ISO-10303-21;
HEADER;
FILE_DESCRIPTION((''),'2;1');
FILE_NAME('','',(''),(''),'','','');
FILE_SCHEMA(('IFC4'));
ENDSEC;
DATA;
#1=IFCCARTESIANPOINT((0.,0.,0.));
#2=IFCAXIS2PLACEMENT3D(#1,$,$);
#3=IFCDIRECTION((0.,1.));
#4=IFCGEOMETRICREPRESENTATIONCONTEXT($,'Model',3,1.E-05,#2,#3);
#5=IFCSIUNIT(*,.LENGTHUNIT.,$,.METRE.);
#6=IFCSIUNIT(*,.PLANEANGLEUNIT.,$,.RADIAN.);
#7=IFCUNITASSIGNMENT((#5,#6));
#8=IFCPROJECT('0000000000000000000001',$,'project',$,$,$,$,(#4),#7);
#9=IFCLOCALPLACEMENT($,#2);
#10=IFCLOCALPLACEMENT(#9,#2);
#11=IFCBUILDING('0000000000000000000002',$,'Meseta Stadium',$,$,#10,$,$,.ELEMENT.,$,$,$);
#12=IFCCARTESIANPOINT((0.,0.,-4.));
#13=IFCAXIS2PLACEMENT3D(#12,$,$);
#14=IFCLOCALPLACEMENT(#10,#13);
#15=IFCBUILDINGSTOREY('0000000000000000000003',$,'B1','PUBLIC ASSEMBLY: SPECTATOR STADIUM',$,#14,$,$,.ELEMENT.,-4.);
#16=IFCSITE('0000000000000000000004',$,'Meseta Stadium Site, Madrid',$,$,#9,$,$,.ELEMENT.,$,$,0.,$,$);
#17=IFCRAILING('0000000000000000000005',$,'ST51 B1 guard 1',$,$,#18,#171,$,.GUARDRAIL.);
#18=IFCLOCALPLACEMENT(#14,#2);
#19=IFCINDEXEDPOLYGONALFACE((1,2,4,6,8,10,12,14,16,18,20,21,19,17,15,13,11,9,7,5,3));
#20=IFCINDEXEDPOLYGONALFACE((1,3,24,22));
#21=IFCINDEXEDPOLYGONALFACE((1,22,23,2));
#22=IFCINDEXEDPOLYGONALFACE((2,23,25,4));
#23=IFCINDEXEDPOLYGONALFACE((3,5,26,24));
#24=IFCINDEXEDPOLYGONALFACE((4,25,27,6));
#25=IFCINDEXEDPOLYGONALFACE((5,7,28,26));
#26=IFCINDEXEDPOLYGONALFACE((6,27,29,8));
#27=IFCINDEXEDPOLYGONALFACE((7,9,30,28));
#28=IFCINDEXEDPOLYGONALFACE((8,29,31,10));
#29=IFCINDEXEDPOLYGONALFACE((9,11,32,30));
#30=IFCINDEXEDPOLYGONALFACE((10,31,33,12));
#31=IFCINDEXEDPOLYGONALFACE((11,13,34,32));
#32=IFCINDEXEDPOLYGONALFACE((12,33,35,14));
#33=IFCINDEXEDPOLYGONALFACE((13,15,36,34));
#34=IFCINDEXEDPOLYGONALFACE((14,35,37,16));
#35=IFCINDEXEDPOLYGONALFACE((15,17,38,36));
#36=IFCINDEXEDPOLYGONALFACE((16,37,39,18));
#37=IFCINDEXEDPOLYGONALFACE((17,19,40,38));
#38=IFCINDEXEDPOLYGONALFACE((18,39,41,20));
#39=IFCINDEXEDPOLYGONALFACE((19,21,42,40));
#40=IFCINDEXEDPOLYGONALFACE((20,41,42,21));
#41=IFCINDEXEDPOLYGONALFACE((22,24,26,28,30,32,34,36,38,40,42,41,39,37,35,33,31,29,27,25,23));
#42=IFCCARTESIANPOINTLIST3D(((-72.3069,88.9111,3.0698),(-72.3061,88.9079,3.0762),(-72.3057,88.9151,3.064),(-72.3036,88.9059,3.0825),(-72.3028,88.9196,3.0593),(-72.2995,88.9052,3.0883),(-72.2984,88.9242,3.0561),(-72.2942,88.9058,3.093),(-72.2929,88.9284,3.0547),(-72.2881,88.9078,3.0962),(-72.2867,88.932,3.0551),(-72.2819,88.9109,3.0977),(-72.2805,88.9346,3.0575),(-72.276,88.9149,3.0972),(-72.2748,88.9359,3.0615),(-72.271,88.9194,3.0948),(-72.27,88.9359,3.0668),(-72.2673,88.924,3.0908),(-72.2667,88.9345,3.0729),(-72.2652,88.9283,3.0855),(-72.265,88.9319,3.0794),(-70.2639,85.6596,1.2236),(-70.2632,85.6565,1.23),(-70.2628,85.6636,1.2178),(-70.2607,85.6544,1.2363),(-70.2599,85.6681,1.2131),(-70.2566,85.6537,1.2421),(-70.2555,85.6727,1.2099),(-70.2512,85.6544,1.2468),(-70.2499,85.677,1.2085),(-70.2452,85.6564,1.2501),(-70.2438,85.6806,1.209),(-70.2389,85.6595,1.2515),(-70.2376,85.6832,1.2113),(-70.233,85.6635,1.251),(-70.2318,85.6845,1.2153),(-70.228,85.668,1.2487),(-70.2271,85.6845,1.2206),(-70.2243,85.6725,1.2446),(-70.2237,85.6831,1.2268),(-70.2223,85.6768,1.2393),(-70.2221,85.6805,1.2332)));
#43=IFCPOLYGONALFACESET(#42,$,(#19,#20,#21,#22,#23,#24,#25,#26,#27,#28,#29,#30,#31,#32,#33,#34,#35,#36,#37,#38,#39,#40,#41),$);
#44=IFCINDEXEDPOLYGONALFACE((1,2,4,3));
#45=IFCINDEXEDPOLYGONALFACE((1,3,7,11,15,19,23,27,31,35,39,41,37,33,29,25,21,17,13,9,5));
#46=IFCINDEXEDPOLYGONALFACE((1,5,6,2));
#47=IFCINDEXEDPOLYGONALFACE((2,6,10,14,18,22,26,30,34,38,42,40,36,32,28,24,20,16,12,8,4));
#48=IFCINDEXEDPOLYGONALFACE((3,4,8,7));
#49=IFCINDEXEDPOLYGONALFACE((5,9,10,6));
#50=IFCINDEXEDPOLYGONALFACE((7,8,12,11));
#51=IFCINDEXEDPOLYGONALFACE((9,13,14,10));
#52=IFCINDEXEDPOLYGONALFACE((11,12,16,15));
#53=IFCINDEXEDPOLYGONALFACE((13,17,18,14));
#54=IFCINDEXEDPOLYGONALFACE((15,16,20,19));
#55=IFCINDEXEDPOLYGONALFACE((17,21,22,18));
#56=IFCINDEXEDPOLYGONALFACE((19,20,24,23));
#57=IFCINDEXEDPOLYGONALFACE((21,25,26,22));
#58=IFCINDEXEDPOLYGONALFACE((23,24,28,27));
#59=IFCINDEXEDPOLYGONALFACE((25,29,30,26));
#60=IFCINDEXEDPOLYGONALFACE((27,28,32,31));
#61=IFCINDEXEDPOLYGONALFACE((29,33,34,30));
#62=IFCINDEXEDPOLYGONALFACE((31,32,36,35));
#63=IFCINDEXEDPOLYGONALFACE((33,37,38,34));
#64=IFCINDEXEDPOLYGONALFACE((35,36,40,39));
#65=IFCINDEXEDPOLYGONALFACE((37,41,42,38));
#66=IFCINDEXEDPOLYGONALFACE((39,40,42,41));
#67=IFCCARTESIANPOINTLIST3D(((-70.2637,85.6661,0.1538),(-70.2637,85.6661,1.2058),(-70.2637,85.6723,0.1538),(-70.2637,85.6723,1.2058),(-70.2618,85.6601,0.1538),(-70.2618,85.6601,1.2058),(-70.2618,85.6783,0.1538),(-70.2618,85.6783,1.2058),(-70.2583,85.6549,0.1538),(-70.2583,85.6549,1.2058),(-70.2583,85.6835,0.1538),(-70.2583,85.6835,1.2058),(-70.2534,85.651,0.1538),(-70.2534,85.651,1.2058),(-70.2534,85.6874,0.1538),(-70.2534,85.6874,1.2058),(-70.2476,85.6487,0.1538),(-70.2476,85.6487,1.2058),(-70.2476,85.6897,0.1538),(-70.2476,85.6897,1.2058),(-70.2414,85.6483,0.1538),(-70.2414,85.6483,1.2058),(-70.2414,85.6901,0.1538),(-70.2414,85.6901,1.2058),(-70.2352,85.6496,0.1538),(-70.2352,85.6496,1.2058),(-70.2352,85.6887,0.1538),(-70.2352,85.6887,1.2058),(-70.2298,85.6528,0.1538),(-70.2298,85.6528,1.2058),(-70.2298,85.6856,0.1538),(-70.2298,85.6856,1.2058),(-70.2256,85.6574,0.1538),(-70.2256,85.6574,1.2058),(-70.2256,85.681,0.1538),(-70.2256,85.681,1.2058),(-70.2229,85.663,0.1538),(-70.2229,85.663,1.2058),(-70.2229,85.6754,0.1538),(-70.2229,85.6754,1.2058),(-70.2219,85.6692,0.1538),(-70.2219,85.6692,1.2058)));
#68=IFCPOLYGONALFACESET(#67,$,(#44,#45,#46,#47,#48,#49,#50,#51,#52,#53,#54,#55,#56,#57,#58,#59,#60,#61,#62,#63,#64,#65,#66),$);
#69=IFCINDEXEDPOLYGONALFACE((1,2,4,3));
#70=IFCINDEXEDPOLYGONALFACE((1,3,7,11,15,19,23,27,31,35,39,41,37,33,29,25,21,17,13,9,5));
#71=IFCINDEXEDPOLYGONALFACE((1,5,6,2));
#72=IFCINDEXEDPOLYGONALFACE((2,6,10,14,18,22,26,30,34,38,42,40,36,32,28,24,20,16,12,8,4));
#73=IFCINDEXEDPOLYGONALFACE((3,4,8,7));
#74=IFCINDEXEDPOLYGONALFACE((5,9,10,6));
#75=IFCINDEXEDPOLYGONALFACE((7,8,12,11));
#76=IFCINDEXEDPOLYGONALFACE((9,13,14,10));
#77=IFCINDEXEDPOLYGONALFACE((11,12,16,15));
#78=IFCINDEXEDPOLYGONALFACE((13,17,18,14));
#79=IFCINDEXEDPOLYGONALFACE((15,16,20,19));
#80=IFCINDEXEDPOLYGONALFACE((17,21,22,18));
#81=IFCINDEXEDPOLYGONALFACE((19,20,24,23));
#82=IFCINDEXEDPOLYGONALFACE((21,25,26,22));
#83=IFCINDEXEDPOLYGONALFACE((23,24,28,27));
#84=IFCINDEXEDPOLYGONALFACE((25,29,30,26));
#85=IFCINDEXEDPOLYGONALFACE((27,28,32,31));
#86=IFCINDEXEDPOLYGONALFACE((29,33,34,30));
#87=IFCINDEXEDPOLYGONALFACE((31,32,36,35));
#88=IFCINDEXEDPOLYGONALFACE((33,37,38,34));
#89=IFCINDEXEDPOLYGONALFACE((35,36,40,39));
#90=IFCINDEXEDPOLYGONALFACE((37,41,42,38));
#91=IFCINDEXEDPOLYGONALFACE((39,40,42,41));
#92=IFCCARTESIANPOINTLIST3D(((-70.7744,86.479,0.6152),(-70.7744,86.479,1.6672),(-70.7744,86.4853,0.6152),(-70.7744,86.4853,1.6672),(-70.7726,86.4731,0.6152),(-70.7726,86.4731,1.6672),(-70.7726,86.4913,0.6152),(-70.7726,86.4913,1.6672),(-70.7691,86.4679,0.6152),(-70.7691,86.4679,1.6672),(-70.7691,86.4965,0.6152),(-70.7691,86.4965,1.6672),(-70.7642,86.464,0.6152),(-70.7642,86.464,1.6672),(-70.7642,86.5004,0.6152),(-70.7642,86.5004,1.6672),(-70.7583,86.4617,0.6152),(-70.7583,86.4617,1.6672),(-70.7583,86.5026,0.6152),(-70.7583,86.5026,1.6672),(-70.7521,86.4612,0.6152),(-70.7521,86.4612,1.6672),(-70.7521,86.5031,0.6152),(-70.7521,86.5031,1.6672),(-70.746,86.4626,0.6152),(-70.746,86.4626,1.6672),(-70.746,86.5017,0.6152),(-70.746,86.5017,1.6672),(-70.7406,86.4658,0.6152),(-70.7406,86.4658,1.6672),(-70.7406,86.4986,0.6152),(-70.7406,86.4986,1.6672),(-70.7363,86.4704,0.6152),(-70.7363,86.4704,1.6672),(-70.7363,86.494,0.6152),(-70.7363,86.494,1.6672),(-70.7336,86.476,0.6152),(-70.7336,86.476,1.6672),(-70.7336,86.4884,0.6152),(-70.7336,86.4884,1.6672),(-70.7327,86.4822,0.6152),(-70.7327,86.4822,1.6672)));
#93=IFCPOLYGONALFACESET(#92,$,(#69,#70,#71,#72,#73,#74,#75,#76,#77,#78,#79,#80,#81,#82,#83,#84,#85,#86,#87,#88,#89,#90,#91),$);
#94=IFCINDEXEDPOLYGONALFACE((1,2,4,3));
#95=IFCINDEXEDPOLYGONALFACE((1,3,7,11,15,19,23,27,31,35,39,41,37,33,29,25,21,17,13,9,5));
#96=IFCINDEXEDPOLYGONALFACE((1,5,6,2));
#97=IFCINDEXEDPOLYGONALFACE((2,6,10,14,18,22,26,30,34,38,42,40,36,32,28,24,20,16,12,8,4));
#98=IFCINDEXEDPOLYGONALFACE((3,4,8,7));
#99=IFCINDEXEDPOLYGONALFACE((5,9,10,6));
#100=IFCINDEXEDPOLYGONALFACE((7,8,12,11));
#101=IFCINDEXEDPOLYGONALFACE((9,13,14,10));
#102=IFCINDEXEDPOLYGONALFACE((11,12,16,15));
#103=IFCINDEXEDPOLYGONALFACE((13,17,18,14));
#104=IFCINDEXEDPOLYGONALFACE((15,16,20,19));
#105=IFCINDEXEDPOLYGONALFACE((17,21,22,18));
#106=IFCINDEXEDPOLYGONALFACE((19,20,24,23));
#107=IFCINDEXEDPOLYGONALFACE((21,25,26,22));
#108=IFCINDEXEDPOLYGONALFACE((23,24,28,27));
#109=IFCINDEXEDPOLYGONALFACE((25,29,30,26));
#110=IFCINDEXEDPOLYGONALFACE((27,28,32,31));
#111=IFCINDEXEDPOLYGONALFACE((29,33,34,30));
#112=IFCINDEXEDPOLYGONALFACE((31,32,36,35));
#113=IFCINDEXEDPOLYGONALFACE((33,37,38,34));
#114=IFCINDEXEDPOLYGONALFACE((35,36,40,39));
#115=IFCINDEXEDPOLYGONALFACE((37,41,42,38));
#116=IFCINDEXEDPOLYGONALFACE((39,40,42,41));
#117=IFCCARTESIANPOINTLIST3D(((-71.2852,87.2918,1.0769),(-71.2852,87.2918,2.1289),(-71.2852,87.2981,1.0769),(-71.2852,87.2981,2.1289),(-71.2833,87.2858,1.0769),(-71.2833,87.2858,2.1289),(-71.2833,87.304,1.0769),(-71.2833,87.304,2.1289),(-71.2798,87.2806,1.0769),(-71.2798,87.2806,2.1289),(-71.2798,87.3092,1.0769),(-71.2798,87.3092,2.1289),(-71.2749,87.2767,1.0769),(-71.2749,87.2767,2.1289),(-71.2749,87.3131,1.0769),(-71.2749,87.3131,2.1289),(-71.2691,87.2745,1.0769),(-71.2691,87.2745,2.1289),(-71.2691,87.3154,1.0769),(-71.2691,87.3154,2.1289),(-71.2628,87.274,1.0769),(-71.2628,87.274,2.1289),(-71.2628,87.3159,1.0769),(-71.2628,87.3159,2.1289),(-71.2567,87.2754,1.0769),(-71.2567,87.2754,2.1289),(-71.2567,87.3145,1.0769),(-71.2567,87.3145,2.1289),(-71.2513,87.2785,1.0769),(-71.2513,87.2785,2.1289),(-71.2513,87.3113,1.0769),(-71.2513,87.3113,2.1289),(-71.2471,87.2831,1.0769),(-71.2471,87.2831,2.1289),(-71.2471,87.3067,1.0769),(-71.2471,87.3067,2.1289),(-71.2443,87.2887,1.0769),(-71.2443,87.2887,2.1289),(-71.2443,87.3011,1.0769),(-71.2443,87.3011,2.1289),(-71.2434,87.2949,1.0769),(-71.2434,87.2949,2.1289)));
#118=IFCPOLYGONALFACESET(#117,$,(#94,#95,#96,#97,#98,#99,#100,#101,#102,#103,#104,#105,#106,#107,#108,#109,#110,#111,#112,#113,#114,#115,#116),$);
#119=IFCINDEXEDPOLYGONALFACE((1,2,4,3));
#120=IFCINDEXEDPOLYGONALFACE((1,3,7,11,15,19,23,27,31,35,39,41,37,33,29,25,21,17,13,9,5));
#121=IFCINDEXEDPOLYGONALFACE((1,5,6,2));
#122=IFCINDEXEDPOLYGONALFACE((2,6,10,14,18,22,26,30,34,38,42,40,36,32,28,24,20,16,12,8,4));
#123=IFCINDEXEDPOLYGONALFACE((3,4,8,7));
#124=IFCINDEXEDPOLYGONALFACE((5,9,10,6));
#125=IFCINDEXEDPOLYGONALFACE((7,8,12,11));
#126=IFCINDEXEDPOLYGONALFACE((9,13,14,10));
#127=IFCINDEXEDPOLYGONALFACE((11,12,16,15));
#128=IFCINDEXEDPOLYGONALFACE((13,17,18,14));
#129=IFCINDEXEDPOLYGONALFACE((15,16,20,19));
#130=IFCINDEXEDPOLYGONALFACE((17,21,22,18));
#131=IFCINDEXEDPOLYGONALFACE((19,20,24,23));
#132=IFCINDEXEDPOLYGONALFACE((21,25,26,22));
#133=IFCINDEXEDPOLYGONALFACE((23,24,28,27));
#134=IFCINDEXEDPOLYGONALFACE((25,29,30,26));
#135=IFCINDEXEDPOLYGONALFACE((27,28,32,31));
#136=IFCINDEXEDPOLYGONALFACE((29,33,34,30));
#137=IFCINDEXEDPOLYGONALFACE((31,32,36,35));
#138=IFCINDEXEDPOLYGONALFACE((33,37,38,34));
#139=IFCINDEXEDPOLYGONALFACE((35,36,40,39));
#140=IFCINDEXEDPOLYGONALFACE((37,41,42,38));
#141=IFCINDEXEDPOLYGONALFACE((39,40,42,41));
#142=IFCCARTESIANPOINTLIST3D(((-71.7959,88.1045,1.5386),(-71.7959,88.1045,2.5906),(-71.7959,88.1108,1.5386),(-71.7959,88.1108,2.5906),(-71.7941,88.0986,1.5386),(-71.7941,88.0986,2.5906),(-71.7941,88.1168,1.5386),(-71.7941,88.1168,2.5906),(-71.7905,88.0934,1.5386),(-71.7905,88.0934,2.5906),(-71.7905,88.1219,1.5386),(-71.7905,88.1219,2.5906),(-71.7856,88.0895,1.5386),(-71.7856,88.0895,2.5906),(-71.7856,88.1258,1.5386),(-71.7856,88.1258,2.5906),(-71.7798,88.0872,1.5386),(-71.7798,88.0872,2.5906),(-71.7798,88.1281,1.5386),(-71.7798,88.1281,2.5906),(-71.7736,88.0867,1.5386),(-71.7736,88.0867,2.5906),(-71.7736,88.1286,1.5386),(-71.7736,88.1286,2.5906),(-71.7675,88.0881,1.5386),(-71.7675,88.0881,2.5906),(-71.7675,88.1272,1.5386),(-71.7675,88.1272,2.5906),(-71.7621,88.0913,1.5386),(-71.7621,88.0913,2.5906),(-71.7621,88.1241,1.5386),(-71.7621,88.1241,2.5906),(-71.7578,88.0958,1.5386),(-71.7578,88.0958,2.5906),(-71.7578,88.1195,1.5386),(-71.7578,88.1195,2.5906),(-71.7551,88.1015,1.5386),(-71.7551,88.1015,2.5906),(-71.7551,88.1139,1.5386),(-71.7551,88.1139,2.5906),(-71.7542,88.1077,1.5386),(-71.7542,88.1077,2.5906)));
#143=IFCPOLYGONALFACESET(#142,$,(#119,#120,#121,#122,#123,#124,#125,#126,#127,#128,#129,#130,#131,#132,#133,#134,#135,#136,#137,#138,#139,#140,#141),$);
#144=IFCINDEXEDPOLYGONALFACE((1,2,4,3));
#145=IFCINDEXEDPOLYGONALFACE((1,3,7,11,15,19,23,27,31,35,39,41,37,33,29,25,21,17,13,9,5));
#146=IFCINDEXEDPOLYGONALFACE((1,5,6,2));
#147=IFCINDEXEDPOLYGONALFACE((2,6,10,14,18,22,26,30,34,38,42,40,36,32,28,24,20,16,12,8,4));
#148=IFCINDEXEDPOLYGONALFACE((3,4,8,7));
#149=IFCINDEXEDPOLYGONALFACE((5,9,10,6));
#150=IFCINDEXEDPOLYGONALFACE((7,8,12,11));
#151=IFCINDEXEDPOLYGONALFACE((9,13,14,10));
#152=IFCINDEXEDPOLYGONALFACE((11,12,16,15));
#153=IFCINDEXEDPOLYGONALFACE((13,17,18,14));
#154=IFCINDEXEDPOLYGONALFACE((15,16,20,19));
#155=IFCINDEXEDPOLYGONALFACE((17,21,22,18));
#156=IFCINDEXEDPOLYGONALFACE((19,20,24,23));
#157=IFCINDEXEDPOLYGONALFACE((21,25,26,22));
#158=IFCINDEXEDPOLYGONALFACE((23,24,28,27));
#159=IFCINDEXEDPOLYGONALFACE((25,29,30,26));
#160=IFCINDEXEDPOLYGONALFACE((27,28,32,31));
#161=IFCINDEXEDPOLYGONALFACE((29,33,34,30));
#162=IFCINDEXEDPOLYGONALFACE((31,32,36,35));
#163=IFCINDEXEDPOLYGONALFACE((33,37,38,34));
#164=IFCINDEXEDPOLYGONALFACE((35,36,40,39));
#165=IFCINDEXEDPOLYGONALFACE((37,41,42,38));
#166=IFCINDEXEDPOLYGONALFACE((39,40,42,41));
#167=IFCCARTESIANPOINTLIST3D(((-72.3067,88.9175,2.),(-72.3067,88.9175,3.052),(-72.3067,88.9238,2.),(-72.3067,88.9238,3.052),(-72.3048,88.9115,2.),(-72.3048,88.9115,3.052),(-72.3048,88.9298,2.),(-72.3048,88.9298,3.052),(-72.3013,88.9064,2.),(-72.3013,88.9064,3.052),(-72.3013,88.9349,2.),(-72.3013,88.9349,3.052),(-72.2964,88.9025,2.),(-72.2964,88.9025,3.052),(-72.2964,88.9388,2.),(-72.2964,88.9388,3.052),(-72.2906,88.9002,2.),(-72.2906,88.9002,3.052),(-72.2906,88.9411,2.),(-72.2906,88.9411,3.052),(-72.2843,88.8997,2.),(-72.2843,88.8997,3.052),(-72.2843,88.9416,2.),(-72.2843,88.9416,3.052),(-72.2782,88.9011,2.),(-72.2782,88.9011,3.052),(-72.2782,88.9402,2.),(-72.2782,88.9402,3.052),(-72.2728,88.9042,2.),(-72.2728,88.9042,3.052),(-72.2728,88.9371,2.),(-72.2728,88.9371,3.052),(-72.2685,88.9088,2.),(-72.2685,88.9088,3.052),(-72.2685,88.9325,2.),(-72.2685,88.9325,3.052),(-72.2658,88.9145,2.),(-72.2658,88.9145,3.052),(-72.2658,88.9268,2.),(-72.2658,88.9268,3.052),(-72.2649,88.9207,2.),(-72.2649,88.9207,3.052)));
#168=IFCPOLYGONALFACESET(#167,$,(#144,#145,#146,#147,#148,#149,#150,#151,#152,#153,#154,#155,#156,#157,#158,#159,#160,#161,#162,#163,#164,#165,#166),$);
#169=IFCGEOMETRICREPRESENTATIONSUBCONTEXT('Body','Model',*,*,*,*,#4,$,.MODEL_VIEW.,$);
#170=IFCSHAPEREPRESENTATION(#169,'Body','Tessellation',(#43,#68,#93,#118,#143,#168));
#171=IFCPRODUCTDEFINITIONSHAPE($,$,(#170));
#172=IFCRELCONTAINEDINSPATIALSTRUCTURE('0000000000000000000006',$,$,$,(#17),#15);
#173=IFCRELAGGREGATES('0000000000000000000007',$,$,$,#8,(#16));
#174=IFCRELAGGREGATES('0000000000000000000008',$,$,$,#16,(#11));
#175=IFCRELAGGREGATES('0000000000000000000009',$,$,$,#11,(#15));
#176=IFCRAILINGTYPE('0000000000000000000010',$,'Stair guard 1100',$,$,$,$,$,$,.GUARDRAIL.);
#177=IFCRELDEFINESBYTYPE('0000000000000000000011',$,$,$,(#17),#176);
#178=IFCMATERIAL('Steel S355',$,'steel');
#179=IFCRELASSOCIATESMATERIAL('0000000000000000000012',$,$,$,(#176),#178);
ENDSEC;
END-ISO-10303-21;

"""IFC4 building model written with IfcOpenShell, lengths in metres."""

from ifc_helpers import new_model, si_unit, direction, frame, origin, origin_2d, place, context, subcontext, project, spatial, circle, extrude, material, type_object, element, save


model = new_model("IFC4")

# Units and contexts
model_context = context("Model", 3, precision=1e-05, world=origin(), true_north=direction((0.0, 1.0)))
body_context = subcontext(model_context, "Body", "Model", "MODEL_VIEW")
ifc_project = project(units=[si_unit("LENGTHUNIT", "METRE"), si_unit("PLANEANGLEUNIT", "RADIAN")], contexts=[model_context])

# Site, building, storey
site_placement = place(None, origin())
site = spatial("IfcSite", under=ifc_project, at=site_placement, Name="Meseta Stadium Site, Madrid", CompositionType="ELEMENT", RefElevation=0.0)
building_placement = place(site_placement, origin())
building = spatial("IfcBuilding", under=site, at=building_placement, Name="Meseta Stadium", CompositionType="ELEMENT")
storey_placement = place(building_placement, frame((0.0, 0.0, -4.0)))
storey = spatial("IfcBuildingStorey", under=building, at=storey_placement, Name="B1", Description="PUBLIC ASSEMBLY: SPECTATOR STADIUM", CompositionType="ELEMENT", Elevation=-4.0)

# Railing
ifc_material_1 = material(Name="Steel S355", Category="steel")
railing_type_1 = type_object("IfcRailingType", Name="Stair guard 1100", PredefinedType="GUARDRAIL", material=ifc_material_1)
railing_1_placement = place(storey_placement, frame((-70.2429, 85.6692, 0.1538)))
element("IfcRailing", 1, at=railing_1_placement, inside=storey, type_object=railing_type_1, Name="ST51 B1 guard 1", PredefinedType="GUARDRAIL", context=body_context, shape_type="SweptSolid", body=[
    extrude(circle(Radius=0.0239, at=origin_2d()), frame((0.0, 0.0, 1.0762), z_axis=(-0.479483, 0.763117, 0.4333), x_axis=(-0.846731, -0.53202, 0.0)), (0.0, 0.0, 1.0), 4.2607),
    extrude(circle(Radius=0.021, at=origin_2d()), origin(), (0.0, 0.0, 1.0), 1.052),
    extrude(circle(Radius=0.021, at=origin_2d()), frame((-0.5107, 0.813, 0.4614)), (0.0, 0.0, 1.0), 1.052),
    extrude(circle(Radius=0.021, at=origin_2d()), frame((-1.0215, 1.6257, 0.9231)), (0.0, 0.0, 1.0), 1.052),
    extrude(circle(Radius=0.021, at=origin_2d()), frame((-1.5322, 2.4385, 1.3848)), (0.0, 0.0, 1.0), 1.052),
    extrude(circle(Radius=0.021, at=origin_2d()), frame((-2.043, 3.2515, 1.8462)), (0.0, 0.0, 1.0), 1.052),
])

save(model, "model.ifc")
